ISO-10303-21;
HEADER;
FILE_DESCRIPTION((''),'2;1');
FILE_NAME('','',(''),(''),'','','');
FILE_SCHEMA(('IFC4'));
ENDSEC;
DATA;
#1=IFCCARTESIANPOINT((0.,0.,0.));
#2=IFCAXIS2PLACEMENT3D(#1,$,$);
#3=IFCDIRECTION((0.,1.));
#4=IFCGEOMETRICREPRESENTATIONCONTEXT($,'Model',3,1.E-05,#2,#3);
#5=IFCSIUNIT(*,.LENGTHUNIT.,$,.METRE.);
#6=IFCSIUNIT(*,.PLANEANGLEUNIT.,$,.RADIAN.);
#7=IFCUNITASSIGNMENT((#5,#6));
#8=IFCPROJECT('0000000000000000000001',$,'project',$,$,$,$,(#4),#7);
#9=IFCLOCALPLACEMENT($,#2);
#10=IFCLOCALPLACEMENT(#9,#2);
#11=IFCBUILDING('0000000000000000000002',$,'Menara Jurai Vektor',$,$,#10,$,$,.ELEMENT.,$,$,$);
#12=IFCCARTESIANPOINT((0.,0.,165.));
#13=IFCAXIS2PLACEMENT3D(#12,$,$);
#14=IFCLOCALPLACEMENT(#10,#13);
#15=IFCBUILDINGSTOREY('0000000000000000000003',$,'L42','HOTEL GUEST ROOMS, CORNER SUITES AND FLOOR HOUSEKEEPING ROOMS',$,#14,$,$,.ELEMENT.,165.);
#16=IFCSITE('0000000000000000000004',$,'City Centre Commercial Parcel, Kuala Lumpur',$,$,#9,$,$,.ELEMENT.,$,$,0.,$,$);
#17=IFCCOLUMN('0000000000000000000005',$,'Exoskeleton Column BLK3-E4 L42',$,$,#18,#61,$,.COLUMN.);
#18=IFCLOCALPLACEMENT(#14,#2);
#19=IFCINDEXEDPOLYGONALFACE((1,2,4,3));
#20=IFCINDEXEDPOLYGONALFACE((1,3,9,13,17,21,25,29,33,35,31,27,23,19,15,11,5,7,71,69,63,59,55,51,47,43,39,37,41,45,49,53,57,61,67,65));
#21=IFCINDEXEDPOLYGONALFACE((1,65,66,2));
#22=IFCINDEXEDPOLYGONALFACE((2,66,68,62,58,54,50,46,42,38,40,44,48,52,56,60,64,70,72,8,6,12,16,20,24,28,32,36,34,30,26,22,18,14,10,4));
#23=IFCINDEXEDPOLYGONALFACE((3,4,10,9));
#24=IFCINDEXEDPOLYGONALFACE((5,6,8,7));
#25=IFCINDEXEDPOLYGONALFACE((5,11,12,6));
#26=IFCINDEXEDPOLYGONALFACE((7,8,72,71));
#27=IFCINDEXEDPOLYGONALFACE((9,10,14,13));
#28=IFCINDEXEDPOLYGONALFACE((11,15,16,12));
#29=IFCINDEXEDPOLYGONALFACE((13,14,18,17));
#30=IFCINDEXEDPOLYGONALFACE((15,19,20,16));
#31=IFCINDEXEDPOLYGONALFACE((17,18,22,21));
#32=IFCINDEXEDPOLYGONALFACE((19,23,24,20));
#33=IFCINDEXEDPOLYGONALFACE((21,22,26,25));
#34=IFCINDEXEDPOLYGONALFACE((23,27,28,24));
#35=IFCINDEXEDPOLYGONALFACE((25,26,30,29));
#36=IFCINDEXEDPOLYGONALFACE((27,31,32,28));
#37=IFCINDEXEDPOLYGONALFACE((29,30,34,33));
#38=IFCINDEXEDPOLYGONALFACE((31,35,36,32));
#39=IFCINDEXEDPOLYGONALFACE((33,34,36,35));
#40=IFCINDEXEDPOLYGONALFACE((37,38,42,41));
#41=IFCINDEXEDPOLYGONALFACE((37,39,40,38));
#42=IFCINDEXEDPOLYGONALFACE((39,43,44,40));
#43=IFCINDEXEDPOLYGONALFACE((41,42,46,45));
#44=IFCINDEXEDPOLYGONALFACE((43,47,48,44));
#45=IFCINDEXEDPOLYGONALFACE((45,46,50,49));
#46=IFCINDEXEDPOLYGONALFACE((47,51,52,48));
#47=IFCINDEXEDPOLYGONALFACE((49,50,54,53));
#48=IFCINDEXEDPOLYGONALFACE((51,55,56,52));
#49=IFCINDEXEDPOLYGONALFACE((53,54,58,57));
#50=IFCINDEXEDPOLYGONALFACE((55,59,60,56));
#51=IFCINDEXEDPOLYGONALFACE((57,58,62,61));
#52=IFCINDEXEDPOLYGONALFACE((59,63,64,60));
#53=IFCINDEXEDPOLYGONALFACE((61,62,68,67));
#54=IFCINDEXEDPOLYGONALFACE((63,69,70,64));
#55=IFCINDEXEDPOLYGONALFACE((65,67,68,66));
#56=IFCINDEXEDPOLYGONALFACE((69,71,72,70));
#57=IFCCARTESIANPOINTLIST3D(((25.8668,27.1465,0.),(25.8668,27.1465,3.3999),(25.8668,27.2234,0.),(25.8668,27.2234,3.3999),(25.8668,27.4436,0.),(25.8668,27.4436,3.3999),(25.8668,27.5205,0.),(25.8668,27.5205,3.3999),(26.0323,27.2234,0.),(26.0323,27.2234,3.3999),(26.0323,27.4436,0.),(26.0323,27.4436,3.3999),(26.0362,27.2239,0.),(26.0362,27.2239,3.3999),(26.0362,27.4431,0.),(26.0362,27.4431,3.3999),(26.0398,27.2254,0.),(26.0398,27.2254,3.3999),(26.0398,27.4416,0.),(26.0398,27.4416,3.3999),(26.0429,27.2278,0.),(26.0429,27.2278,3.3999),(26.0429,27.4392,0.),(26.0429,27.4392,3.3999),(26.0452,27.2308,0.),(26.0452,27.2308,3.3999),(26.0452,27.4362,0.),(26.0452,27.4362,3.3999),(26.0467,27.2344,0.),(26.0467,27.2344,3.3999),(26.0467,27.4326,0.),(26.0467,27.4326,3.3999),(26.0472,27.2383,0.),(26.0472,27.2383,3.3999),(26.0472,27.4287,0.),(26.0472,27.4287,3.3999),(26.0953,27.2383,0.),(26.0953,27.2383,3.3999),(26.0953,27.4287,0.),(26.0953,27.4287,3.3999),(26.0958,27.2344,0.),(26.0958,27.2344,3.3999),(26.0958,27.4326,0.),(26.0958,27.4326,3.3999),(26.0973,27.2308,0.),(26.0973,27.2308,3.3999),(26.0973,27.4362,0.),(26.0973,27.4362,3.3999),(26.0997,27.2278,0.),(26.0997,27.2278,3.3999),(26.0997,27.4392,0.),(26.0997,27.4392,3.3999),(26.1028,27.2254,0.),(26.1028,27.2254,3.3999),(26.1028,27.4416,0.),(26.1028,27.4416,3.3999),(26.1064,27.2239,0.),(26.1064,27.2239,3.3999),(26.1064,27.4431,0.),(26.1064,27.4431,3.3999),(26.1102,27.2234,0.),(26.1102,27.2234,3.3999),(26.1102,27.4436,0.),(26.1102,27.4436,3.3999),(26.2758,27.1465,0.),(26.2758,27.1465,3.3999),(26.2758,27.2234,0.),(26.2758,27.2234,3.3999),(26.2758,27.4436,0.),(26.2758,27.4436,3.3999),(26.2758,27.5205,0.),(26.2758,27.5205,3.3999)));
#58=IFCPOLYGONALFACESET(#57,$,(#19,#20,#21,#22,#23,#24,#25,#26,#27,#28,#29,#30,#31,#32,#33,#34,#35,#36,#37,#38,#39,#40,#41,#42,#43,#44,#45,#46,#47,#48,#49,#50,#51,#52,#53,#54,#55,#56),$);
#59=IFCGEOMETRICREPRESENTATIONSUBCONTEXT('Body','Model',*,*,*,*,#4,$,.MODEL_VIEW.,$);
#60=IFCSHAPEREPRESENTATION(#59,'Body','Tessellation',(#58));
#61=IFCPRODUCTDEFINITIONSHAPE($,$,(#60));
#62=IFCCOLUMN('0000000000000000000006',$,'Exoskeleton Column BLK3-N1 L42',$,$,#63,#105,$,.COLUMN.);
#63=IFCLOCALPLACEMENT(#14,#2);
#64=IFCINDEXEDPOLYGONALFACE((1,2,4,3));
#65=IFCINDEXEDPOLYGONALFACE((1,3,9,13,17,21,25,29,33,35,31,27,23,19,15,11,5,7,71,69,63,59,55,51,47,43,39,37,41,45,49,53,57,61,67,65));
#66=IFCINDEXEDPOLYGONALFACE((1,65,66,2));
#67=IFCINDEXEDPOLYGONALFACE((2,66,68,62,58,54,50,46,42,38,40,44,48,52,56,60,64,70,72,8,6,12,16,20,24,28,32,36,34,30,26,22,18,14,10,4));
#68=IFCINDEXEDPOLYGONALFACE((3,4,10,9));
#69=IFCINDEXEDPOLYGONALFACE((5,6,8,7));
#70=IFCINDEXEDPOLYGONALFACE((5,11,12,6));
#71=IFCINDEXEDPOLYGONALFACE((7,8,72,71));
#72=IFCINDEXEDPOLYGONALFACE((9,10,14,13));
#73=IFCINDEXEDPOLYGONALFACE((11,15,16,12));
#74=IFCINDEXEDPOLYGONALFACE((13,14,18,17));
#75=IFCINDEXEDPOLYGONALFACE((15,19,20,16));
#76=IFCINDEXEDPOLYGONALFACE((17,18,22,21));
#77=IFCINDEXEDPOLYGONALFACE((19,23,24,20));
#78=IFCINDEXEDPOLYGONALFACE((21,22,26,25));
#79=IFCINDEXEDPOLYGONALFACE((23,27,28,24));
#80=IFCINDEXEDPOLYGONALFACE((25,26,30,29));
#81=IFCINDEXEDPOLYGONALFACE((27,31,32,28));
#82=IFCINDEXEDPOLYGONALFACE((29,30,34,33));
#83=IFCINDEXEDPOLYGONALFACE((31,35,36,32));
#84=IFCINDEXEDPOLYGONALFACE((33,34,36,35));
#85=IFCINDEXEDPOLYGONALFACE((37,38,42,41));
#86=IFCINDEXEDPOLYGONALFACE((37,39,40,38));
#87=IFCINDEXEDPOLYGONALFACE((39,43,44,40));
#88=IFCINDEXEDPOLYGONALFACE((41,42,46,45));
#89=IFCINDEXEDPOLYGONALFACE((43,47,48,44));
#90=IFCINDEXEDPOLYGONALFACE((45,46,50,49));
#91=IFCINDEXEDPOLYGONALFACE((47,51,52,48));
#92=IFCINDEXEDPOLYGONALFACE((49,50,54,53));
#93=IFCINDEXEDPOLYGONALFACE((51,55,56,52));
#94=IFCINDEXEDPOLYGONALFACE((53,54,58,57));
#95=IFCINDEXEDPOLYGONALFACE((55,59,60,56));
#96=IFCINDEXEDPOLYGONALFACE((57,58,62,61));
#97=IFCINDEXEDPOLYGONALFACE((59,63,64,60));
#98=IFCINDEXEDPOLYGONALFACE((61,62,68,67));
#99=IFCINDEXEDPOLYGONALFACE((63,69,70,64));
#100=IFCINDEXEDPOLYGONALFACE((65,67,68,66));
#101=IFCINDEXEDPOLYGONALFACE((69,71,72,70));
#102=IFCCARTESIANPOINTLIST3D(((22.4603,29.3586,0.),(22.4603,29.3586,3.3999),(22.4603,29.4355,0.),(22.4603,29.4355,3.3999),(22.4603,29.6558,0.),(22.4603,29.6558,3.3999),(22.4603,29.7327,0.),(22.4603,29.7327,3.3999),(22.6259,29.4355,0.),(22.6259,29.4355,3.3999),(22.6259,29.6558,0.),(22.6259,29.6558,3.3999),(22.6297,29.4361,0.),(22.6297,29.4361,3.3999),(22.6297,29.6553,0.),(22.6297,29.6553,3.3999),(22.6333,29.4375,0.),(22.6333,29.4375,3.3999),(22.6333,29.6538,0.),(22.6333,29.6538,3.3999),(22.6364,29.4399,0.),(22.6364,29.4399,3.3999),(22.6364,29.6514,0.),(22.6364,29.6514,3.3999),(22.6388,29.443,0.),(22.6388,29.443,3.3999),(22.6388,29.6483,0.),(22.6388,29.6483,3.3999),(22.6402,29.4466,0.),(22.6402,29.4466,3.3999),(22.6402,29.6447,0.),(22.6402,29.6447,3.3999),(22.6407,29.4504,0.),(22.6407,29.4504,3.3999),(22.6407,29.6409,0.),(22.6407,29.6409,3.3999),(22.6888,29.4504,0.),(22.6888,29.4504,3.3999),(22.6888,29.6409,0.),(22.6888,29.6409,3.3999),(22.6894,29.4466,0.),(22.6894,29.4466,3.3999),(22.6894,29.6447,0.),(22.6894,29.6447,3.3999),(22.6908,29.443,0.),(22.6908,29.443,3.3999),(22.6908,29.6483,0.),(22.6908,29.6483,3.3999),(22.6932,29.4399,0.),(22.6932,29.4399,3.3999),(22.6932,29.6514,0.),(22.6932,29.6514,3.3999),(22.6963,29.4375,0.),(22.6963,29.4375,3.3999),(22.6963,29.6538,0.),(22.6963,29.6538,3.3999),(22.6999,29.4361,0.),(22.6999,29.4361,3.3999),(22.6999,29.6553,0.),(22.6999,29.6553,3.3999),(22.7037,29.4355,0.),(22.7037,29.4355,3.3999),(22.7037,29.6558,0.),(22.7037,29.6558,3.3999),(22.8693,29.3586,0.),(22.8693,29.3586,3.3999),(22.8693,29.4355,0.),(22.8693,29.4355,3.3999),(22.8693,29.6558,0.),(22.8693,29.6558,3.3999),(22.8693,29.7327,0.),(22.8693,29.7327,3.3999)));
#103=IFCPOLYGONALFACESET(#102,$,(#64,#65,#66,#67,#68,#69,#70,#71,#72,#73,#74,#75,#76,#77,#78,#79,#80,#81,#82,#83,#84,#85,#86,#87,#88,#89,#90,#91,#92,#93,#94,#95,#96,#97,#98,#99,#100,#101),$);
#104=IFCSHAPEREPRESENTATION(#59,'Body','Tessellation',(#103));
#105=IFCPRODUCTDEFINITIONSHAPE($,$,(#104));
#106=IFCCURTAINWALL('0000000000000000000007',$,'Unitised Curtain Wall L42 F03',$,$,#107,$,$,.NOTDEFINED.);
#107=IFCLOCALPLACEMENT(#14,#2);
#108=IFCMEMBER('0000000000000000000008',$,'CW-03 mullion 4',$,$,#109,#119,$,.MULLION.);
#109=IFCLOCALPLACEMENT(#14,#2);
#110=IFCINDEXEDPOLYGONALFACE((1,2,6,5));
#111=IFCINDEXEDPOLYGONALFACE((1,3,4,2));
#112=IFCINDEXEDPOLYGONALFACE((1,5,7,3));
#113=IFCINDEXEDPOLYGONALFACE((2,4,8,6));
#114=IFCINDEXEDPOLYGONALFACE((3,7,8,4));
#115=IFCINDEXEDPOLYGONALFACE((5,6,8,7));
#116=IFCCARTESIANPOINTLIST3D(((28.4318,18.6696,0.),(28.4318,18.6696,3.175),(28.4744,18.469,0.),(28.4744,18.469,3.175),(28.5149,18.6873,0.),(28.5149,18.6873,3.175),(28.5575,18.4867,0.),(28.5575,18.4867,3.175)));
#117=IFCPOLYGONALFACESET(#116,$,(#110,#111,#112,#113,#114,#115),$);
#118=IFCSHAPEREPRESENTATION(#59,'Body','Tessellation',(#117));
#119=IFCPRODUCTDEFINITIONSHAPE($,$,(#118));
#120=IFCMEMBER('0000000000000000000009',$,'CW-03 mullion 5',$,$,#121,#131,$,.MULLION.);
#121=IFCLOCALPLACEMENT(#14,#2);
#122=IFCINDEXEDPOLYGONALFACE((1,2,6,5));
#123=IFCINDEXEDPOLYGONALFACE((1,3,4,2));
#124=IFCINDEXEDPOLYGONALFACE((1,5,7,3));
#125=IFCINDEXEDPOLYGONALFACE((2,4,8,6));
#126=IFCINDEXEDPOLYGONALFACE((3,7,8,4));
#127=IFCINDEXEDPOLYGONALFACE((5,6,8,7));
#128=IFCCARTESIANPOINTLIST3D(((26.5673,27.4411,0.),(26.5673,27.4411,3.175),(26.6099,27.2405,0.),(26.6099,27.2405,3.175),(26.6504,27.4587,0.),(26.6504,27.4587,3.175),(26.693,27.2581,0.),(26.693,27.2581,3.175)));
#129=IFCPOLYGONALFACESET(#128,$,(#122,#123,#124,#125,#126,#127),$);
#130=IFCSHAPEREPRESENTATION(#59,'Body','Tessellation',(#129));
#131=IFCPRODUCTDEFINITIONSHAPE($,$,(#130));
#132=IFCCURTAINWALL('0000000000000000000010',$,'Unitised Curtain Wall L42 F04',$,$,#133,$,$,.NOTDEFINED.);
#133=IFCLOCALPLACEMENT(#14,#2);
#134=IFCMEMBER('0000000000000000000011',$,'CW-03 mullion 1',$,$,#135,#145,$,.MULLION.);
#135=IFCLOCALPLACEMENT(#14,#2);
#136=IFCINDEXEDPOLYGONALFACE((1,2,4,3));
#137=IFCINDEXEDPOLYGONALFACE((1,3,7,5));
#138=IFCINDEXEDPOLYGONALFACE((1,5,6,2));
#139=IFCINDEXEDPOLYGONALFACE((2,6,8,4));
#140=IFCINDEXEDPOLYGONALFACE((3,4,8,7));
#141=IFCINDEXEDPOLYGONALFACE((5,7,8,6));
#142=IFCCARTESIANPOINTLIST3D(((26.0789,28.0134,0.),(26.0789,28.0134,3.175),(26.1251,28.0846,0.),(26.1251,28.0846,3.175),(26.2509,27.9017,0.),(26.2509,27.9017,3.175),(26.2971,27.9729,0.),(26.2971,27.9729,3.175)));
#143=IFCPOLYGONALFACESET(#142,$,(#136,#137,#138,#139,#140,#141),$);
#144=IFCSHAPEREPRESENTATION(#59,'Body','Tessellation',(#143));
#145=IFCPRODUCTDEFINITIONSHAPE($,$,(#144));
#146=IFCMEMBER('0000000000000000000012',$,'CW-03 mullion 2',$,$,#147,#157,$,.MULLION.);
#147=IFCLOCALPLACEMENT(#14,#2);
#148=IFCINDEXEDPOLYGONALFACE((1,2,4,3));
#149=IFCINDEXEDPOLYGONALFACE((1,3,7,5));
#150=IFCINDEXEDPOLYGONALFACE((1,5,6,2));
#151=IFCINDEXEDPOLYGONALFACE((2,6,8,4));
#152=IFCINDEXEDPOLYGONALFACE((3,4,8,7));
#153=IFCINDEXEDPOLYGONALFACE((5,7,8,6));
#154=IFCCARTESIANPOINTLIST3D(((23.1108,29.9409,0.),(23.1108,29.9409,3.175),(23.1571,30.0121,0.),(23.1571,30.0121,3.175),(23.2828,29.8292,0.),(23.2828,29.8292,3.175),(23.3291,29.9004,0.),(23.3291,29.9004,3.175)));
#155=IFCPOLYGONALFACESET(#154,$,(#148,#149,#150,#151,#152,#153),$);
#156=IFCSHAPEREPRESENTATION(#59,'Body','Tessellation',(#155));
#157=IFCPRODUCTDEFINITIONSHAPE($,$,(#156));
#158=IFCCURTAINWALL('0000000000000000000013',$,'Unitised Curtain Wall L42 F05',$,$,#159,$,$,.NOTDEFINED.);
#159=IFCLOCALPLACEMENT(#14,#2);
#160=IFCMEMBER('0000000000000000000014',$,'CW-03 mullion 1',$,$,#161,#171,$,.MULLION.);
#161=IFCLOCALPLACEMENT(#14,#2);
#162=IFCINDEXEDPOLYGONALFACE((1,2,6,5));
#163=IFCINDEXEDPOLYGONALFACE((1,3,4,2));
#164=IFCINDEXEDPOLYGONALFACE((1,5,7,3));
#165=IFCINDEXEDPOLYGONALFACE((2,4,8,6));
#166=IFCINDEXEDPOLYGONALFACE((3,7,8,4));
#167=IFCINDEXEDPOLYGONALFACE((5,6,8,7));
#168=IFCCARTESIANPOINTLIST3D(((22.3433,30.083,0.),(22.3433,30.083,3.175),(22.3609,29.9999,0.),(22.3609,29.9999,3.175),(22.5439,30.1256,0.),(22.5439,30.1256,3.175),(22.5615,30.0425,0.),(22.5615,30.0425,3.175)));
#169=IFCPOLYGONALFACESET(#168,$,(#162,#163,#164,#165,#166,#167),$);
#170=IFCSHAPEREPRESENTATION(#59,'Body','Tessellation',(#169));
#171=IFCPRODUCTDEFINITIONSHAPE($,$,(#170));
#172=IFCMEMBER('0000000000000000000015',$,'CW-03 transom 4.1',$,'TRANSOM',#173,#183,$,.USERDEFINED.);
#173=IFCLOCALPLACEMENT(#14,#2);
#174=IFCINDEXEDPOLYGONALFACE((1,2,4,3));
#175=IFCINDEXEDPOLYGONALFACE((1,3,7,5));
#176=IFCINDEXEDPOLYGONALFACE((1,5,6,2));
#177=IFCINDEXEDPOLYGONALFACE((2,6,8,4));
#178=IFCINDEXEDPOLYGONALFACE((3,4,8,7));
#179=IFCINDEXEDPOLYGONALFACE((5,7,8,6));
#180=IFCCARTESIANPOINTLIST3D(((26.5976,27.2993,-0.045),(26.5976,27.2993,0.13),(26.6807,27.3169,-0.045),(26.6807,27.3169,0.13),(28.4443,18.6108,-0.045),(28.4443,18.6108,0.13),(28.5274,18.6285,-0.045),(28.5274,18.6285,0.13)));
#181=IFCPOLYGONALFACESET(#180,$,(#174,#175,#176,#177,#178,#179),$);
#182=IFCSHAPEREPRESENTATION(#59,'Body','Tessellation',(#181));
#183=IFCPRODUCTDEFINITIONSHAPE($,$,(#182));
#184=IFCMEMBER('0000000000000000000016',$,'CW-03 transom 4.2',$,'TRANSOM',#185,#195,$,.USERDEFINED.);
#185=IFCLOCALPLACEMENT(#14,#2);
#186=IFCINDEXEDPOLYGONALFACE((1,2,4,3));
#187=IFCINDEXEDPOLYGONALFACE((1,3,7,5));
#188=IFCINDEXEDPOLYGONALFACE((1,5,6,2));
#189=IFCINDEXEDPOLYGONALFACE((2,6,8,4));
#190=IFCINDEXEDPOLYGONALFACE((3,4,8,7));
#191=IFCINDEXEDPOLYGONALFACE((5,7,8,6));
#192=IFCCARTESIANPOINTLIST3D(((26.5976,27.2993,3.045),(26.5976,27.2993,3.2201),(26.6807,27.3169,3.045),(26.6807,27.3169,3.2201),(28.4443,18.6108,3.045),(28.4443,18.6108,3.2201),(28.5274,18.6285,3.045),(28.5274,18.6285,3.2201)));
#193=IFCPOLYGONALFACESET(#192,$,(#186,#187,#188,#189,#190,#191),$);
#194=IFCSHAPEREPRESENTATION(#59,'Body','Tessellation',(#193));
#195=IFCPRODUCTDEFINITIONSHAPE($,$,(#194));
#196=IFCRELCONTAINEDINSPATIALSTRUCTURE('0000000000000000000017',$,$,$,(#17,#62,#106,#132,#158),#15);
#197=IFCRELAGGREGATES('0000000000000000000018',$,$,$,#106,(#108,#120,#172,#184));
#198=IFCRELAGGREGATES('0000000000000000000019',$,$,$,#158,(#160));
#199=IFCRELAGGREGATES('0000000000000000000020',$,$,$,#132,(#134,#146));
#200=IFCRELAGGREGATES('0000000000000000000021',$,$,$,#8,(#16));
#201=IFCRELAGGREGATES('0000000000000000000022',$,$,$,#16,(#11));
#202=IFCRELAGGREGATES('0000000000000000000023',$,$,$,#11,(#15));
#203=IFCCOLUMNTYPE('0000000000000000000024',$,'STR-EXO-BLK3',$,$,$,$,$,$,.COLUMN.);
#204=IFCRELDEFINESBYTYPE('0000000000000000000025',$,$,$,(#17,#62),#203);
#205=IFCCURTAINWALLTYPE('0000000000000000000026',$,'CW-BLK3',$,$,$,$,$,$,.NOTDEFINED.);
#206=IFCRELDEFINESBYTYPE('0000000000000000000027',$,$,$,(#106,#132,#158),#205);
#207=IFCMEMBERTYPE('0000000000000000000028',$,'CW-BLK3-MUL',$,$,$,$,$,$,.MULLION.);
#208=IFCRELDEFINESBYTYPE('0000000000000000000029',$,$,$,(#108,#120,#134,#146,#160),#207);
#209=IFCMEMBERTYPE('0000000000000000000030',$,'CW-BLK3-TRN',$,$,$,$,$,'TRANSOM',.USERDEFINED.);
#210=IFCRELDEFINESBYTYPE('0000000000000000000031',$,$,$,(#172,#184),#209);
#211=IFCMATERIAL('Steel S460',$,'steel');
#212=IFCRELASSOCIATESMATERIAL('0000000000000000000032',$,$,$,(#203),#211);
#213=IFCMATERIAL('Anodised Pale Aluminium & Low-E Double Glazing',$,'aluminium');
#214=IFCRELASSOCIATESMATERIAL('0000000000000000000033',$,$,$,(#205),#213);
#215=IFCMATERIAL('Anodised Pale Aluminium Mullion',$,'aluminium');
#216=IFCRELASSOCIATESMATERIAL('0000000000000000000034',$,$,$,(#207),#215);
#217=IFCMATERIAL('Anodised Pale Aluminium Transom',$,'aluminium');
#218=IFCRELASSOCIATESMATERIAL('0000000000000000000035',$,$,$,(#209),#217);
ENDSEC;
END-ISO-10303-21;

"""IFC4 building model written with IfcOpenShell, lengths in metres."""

from ifc_helpers import new_model, si_unit, direction, frame, origin, origin_2d, place, context, subcontext, project, spatial, rectangle, i_section, extrude, material, material_profile, profile_set, type_object, element, aggregate, save


model = new_model("IFC4")

# Units and contexts
model_context = context("Model", 3, precision=1e-05, world=origin(), true_north=direction((0.0, 1.0)))
body_context = subcontext(model_context, "Body", "Model", "MODEL_VIEW")
ifc_project = project(units=[si_unit("LENGTHUNIT", "METRE"), si_unit("PLANEANGLEUNIT", "RADIAN")], contexts=[model_context])

# Site, building, storey
site_placement = place(None, origin())
site = spatial("IfcSite", under=ifc_project, at=site_placement, Name="City Centre Commercial Parcel, Kuala Lumpur", CompositionType="ELEMENT", RefElevation=0.0)
building_placement = place(site_placement, origin())
building = spatial("IfcBuilding", under=site, at=building_placement, Name="Menara Jurai Vektor", CompositionType="ELEMENT")
storey_placement = place(building_placement, frame((0.0, 0.0, 165.0)))
storey = spatial("IfcBuildingStorey", under=building, at=storey_placement, Name="L42", Description="HOTEL GUEST ROOMS, CORNER SUITES AND FLOOR HOUSEKEEPING ROOMS", CompositionType="ELEMENT", Elevation=165.0)

# Columns
ifc_material_1 = material(Name="Steel S460", Category="steel")
ifc_material_profile_1 = material_profile(ifc_material_1, i_section(OverallWidth=0.4089, OverallDepth=0.374, WebThickness=0.0481, FlangeThickness=0.0769, FilletRadius=0.0149, at=origin_2d()), Name="HD 400x634")
ifc_profile_set_1 = profile_set([ifc_material_profile_1], Name="Steel S460")
column_type = type_object("IfcColumnType", Name="STR-EXO-BLK3", PredefinedType="COLUMN", material=ifc_profile_set_1)
for number, where, z_axis, x_axis, name in (
    (1, (26.0713, 27.3335, 0.0), (0.0, 0.0, 1.0), (1.0, 0.0, 0.0), "Exoskeleton Column BLK3-E4 L42"),
    (2, (22.6648, 29.5457, 0.0), (0.0, 0.0, 1.0), (1.0, 0.0, 0.0), "Exoskeleton Column BLK3-N1 L42"),
):
    element("IfcColumn", number, at=place(storey_placement, frame(where, z_axis=z_axis, x_axis=x_axis)), inside=storey, type_object=column_type, Name=name, PredefinedType="COLUMN", context=body_context, shape_type="SweptSolid", body=[
        extrude(i_section(OverallWidth=0.4089, OverallDepth=0.374, WebThickness=0.0481, FlangeThickness=0.0769, FilletRadius=0.0149, at=origin_2d()), origin(), (0.0, 0.0, 1.0), 3.3999),
    ])

# Curtain walls, members
ifc_material_2 = material(Name="Anodised Pale Aluminium & Low-E Double Glazing", Category="aluminium")
curtain_wall_type = type_object("IfcCurtainWallType", Name="CW-BLK3", PredefinedType="NOTDEFINED", material=ifc_material_2)
curtain_wall_1_placement = place(storey_placement, origin())
curtain_wall_1 = element("IfcCurtainWall", 3, at=curtain_wall_1_placement, inside=storey, type_object=curtain_wall_type, Name="Unitised Curtain Wall L42 F03", PredefinedType="NOTDEFINED")
ifc_material_3 = material(Name="Anodised Pale Aluminium Mullion", Category="aluminium")
ifc_material_profile_2 = material_profile(ifc_material_3, rectangle(XDim=0.085, YDim=0.2051, at=origin_2d()), Name="ALU MUL 85x205")
ifc_profile_set_2 = profile_set([ifc_material_profile_2], Name="Anodised Pale Aluminium Mullion")
member_type_1 = type_object("IfcMemberType", Name="CW-BLK3-MUL", PredefinedType="MULLION", material=ifc_profile_set_2)
member_1_placement = place(storey_placement, frame((28.4946, 18.5781, 0.0), z_axis=(0.0, 0.0, 1.0), x_axis=(-0.978148, -0.20791, 0.0)))
member_1 = element("IfcMember", 4, at=member_1_placement, type_object=member_type_1, Name="CW-03 mullion 4", PredefinedType="MULLION", context=body_context, shape_type="SweptSolid", body=[
    extrude(rectangle(XDim=0.085, YDim=0.2051, at=origin_2d()), origin(), (0.0, 0.0, 1.0), 3.175),
])
member_2_placement = place(storey_placement, frame((26.6301, 27.3496, 0.0), z_axis=(0.0, 0.0, 1.0), x_axis=(-0.978148, -0.20791, 0.0)))
member_2 = element("IfcMember", 5, at=member_2_placement, type_object=member_type_1, Name="CW-03 mullion 5", PredefinedType="MULLION", context=body_context, shape_type="SweptSolid", body=[
    extrude(rectangle(XDim=0.085, YDim=0.2051, at=origin_2d()), origin(), (0.0, 0.0, 1.0), 3.175),
])
curtain_wall_2_placement = place(storey_placement, origin())
curtain_wall_2 = element("IfcCurtainWall", 6, at=curtain_wall_2_placement, inside=storey, type_object=curtain_wall_type, Name="Unitised Curtain Wall L42 F04", PredefinedType="NOTDEFINED")
member_3_placement = place(storey_placement, frame((26.188, 27.9932, 0.0), z_axis=(0.0, 0.0, 1.0), x_axis=(-0.544618, -0.838684, 0.0)))
member_3 = element("IfcMember", 7, at=member_3_placement, type_object=member_type_1, Name="CW-03 mullion 1", PredefinedType="MULLION", context=body_context, shape_type="SweptSolid", body=[
    extrude(rectangle(XDim=0.085, YDim=0.2051, at=origin_2d()), origin(), (0.0, 0.0, 1.0), 3.175),
])
member_4_placement = place(storey_placement, frame((23.22, 29.9207, 0.0), z_axis=(0.0, 0.0, 1.0), x_axis=(-0.544618, -0.838684, 0.0)))
member_4 = element("IfcMember", 8, at=member_4_placement, type_object=member_type_1, Name="CW-03 mullion 2", PredefinedType="MULLION", context=body_context, shape_type="SweptSolid", body=[
    extrude(rectangle(XDim=0.085, YDim=0.2051, at=origin_2d()), origin(), (0.0, 0.0, 1.0), 3.175),
])

# Curtain wall, member
curtain_wall_3_placement = place(storey_placement, origin())
curtain_wall_3 = element("IfcCurtainWall", 9, at=curtain_wall_3_placement, inside=storey, type_object=curtain_wall_type, Name="Unitised Curtain Wall L42 F05", PredefinedType="NOTDEFINED")
member_5_placement = place(storey_placement, frame((22.4524, 30.0627, 0.0), z_axis=(0.0, 0.0, 1.0), x_axis=(0.207911, -0.978148, 0.0)))
member_5 = element("IfcMember", 10, at=member_5_placement, type_object=member_type_1, Name="CW-03 mullion 1", PredefinedType="MULLION", context=body_context, shape_type="SweptSolid", body=[
    extrude(rectangle(XDim=0.085, YDim=0.2051, at=origin_2d()), origin(), (0.0, 0.0, 1.0), 3.175),
])

# Members
ifc_material_4 = material(Name="Anodised Pale Aluminium Transom", Category="aluminium")
ifc_material_profile_3 = material_profile(ifc_material_4, rectangle(XDim=0.085, YDim=0.175, at=origin_2d()), Name="ALU TRN 85x175")
ifc_profile_set_3 = profile_set([ifc_material_profile_3], Name="Anodised Pale Aluminium Transom")
member_type_2 = type_object("IfcMemberType", Name="CW-BLK3-TRN", ElementType="TRANSOM", PredefinedType="USERDEFINED", material=ifc_profile_set_3)
member_6_placement = place(storey_placement, frame((28.4858, 18.6196, 0.0425), z_axis=(-0.2079, 0.97815, 0.0), x_axis=(-0.97815, -0.2079, 0.0)))
member_6 = element("IfcMember", 11, at=member_6_placement, type_object=member_type_2, Name="CW-03 transom 4.1", ObjectType="TRANSOM", PredefinedType="USERDEFINED", context=body_context, shape_type="SweptSolid", body=[
    extrude(rectangle(XDim=0.085, YDim=0.175, at=origin_2d()), origin(), (0.0, 0.0, 1.0), 8.8826),
])
member_7_placement = place(storey_placement, frame((28.4858, 18.6196, 3.1326), z_axis=(-0.2079, 0.97815, 0.0), x_axis=(-0.97815, -0.2079, 0.0)))
member_7 = element("IfcMember", 12, at=member_7_placement, type_object=member_type_2, Name="CW-03 transom 4.2", ObjectType="TRANSOM", PredefinedType="USERDEFINED", context=body_context, shape_type="SweptSolid", body=[
    extrude(rectangle(XDim=0.085, YDim=0.175, at=origin_2d()), origin(), (0.0, 0.0, 1.0), 8.8826),
])

aggregate(curtain_wall_1, [member_1, member_2, member_6, member_7])
aggregate(curtain_wall_3, [member_5])
aggregate(curtain_wall_2, [member_3, member_4])

save(model, "model.ifc")
